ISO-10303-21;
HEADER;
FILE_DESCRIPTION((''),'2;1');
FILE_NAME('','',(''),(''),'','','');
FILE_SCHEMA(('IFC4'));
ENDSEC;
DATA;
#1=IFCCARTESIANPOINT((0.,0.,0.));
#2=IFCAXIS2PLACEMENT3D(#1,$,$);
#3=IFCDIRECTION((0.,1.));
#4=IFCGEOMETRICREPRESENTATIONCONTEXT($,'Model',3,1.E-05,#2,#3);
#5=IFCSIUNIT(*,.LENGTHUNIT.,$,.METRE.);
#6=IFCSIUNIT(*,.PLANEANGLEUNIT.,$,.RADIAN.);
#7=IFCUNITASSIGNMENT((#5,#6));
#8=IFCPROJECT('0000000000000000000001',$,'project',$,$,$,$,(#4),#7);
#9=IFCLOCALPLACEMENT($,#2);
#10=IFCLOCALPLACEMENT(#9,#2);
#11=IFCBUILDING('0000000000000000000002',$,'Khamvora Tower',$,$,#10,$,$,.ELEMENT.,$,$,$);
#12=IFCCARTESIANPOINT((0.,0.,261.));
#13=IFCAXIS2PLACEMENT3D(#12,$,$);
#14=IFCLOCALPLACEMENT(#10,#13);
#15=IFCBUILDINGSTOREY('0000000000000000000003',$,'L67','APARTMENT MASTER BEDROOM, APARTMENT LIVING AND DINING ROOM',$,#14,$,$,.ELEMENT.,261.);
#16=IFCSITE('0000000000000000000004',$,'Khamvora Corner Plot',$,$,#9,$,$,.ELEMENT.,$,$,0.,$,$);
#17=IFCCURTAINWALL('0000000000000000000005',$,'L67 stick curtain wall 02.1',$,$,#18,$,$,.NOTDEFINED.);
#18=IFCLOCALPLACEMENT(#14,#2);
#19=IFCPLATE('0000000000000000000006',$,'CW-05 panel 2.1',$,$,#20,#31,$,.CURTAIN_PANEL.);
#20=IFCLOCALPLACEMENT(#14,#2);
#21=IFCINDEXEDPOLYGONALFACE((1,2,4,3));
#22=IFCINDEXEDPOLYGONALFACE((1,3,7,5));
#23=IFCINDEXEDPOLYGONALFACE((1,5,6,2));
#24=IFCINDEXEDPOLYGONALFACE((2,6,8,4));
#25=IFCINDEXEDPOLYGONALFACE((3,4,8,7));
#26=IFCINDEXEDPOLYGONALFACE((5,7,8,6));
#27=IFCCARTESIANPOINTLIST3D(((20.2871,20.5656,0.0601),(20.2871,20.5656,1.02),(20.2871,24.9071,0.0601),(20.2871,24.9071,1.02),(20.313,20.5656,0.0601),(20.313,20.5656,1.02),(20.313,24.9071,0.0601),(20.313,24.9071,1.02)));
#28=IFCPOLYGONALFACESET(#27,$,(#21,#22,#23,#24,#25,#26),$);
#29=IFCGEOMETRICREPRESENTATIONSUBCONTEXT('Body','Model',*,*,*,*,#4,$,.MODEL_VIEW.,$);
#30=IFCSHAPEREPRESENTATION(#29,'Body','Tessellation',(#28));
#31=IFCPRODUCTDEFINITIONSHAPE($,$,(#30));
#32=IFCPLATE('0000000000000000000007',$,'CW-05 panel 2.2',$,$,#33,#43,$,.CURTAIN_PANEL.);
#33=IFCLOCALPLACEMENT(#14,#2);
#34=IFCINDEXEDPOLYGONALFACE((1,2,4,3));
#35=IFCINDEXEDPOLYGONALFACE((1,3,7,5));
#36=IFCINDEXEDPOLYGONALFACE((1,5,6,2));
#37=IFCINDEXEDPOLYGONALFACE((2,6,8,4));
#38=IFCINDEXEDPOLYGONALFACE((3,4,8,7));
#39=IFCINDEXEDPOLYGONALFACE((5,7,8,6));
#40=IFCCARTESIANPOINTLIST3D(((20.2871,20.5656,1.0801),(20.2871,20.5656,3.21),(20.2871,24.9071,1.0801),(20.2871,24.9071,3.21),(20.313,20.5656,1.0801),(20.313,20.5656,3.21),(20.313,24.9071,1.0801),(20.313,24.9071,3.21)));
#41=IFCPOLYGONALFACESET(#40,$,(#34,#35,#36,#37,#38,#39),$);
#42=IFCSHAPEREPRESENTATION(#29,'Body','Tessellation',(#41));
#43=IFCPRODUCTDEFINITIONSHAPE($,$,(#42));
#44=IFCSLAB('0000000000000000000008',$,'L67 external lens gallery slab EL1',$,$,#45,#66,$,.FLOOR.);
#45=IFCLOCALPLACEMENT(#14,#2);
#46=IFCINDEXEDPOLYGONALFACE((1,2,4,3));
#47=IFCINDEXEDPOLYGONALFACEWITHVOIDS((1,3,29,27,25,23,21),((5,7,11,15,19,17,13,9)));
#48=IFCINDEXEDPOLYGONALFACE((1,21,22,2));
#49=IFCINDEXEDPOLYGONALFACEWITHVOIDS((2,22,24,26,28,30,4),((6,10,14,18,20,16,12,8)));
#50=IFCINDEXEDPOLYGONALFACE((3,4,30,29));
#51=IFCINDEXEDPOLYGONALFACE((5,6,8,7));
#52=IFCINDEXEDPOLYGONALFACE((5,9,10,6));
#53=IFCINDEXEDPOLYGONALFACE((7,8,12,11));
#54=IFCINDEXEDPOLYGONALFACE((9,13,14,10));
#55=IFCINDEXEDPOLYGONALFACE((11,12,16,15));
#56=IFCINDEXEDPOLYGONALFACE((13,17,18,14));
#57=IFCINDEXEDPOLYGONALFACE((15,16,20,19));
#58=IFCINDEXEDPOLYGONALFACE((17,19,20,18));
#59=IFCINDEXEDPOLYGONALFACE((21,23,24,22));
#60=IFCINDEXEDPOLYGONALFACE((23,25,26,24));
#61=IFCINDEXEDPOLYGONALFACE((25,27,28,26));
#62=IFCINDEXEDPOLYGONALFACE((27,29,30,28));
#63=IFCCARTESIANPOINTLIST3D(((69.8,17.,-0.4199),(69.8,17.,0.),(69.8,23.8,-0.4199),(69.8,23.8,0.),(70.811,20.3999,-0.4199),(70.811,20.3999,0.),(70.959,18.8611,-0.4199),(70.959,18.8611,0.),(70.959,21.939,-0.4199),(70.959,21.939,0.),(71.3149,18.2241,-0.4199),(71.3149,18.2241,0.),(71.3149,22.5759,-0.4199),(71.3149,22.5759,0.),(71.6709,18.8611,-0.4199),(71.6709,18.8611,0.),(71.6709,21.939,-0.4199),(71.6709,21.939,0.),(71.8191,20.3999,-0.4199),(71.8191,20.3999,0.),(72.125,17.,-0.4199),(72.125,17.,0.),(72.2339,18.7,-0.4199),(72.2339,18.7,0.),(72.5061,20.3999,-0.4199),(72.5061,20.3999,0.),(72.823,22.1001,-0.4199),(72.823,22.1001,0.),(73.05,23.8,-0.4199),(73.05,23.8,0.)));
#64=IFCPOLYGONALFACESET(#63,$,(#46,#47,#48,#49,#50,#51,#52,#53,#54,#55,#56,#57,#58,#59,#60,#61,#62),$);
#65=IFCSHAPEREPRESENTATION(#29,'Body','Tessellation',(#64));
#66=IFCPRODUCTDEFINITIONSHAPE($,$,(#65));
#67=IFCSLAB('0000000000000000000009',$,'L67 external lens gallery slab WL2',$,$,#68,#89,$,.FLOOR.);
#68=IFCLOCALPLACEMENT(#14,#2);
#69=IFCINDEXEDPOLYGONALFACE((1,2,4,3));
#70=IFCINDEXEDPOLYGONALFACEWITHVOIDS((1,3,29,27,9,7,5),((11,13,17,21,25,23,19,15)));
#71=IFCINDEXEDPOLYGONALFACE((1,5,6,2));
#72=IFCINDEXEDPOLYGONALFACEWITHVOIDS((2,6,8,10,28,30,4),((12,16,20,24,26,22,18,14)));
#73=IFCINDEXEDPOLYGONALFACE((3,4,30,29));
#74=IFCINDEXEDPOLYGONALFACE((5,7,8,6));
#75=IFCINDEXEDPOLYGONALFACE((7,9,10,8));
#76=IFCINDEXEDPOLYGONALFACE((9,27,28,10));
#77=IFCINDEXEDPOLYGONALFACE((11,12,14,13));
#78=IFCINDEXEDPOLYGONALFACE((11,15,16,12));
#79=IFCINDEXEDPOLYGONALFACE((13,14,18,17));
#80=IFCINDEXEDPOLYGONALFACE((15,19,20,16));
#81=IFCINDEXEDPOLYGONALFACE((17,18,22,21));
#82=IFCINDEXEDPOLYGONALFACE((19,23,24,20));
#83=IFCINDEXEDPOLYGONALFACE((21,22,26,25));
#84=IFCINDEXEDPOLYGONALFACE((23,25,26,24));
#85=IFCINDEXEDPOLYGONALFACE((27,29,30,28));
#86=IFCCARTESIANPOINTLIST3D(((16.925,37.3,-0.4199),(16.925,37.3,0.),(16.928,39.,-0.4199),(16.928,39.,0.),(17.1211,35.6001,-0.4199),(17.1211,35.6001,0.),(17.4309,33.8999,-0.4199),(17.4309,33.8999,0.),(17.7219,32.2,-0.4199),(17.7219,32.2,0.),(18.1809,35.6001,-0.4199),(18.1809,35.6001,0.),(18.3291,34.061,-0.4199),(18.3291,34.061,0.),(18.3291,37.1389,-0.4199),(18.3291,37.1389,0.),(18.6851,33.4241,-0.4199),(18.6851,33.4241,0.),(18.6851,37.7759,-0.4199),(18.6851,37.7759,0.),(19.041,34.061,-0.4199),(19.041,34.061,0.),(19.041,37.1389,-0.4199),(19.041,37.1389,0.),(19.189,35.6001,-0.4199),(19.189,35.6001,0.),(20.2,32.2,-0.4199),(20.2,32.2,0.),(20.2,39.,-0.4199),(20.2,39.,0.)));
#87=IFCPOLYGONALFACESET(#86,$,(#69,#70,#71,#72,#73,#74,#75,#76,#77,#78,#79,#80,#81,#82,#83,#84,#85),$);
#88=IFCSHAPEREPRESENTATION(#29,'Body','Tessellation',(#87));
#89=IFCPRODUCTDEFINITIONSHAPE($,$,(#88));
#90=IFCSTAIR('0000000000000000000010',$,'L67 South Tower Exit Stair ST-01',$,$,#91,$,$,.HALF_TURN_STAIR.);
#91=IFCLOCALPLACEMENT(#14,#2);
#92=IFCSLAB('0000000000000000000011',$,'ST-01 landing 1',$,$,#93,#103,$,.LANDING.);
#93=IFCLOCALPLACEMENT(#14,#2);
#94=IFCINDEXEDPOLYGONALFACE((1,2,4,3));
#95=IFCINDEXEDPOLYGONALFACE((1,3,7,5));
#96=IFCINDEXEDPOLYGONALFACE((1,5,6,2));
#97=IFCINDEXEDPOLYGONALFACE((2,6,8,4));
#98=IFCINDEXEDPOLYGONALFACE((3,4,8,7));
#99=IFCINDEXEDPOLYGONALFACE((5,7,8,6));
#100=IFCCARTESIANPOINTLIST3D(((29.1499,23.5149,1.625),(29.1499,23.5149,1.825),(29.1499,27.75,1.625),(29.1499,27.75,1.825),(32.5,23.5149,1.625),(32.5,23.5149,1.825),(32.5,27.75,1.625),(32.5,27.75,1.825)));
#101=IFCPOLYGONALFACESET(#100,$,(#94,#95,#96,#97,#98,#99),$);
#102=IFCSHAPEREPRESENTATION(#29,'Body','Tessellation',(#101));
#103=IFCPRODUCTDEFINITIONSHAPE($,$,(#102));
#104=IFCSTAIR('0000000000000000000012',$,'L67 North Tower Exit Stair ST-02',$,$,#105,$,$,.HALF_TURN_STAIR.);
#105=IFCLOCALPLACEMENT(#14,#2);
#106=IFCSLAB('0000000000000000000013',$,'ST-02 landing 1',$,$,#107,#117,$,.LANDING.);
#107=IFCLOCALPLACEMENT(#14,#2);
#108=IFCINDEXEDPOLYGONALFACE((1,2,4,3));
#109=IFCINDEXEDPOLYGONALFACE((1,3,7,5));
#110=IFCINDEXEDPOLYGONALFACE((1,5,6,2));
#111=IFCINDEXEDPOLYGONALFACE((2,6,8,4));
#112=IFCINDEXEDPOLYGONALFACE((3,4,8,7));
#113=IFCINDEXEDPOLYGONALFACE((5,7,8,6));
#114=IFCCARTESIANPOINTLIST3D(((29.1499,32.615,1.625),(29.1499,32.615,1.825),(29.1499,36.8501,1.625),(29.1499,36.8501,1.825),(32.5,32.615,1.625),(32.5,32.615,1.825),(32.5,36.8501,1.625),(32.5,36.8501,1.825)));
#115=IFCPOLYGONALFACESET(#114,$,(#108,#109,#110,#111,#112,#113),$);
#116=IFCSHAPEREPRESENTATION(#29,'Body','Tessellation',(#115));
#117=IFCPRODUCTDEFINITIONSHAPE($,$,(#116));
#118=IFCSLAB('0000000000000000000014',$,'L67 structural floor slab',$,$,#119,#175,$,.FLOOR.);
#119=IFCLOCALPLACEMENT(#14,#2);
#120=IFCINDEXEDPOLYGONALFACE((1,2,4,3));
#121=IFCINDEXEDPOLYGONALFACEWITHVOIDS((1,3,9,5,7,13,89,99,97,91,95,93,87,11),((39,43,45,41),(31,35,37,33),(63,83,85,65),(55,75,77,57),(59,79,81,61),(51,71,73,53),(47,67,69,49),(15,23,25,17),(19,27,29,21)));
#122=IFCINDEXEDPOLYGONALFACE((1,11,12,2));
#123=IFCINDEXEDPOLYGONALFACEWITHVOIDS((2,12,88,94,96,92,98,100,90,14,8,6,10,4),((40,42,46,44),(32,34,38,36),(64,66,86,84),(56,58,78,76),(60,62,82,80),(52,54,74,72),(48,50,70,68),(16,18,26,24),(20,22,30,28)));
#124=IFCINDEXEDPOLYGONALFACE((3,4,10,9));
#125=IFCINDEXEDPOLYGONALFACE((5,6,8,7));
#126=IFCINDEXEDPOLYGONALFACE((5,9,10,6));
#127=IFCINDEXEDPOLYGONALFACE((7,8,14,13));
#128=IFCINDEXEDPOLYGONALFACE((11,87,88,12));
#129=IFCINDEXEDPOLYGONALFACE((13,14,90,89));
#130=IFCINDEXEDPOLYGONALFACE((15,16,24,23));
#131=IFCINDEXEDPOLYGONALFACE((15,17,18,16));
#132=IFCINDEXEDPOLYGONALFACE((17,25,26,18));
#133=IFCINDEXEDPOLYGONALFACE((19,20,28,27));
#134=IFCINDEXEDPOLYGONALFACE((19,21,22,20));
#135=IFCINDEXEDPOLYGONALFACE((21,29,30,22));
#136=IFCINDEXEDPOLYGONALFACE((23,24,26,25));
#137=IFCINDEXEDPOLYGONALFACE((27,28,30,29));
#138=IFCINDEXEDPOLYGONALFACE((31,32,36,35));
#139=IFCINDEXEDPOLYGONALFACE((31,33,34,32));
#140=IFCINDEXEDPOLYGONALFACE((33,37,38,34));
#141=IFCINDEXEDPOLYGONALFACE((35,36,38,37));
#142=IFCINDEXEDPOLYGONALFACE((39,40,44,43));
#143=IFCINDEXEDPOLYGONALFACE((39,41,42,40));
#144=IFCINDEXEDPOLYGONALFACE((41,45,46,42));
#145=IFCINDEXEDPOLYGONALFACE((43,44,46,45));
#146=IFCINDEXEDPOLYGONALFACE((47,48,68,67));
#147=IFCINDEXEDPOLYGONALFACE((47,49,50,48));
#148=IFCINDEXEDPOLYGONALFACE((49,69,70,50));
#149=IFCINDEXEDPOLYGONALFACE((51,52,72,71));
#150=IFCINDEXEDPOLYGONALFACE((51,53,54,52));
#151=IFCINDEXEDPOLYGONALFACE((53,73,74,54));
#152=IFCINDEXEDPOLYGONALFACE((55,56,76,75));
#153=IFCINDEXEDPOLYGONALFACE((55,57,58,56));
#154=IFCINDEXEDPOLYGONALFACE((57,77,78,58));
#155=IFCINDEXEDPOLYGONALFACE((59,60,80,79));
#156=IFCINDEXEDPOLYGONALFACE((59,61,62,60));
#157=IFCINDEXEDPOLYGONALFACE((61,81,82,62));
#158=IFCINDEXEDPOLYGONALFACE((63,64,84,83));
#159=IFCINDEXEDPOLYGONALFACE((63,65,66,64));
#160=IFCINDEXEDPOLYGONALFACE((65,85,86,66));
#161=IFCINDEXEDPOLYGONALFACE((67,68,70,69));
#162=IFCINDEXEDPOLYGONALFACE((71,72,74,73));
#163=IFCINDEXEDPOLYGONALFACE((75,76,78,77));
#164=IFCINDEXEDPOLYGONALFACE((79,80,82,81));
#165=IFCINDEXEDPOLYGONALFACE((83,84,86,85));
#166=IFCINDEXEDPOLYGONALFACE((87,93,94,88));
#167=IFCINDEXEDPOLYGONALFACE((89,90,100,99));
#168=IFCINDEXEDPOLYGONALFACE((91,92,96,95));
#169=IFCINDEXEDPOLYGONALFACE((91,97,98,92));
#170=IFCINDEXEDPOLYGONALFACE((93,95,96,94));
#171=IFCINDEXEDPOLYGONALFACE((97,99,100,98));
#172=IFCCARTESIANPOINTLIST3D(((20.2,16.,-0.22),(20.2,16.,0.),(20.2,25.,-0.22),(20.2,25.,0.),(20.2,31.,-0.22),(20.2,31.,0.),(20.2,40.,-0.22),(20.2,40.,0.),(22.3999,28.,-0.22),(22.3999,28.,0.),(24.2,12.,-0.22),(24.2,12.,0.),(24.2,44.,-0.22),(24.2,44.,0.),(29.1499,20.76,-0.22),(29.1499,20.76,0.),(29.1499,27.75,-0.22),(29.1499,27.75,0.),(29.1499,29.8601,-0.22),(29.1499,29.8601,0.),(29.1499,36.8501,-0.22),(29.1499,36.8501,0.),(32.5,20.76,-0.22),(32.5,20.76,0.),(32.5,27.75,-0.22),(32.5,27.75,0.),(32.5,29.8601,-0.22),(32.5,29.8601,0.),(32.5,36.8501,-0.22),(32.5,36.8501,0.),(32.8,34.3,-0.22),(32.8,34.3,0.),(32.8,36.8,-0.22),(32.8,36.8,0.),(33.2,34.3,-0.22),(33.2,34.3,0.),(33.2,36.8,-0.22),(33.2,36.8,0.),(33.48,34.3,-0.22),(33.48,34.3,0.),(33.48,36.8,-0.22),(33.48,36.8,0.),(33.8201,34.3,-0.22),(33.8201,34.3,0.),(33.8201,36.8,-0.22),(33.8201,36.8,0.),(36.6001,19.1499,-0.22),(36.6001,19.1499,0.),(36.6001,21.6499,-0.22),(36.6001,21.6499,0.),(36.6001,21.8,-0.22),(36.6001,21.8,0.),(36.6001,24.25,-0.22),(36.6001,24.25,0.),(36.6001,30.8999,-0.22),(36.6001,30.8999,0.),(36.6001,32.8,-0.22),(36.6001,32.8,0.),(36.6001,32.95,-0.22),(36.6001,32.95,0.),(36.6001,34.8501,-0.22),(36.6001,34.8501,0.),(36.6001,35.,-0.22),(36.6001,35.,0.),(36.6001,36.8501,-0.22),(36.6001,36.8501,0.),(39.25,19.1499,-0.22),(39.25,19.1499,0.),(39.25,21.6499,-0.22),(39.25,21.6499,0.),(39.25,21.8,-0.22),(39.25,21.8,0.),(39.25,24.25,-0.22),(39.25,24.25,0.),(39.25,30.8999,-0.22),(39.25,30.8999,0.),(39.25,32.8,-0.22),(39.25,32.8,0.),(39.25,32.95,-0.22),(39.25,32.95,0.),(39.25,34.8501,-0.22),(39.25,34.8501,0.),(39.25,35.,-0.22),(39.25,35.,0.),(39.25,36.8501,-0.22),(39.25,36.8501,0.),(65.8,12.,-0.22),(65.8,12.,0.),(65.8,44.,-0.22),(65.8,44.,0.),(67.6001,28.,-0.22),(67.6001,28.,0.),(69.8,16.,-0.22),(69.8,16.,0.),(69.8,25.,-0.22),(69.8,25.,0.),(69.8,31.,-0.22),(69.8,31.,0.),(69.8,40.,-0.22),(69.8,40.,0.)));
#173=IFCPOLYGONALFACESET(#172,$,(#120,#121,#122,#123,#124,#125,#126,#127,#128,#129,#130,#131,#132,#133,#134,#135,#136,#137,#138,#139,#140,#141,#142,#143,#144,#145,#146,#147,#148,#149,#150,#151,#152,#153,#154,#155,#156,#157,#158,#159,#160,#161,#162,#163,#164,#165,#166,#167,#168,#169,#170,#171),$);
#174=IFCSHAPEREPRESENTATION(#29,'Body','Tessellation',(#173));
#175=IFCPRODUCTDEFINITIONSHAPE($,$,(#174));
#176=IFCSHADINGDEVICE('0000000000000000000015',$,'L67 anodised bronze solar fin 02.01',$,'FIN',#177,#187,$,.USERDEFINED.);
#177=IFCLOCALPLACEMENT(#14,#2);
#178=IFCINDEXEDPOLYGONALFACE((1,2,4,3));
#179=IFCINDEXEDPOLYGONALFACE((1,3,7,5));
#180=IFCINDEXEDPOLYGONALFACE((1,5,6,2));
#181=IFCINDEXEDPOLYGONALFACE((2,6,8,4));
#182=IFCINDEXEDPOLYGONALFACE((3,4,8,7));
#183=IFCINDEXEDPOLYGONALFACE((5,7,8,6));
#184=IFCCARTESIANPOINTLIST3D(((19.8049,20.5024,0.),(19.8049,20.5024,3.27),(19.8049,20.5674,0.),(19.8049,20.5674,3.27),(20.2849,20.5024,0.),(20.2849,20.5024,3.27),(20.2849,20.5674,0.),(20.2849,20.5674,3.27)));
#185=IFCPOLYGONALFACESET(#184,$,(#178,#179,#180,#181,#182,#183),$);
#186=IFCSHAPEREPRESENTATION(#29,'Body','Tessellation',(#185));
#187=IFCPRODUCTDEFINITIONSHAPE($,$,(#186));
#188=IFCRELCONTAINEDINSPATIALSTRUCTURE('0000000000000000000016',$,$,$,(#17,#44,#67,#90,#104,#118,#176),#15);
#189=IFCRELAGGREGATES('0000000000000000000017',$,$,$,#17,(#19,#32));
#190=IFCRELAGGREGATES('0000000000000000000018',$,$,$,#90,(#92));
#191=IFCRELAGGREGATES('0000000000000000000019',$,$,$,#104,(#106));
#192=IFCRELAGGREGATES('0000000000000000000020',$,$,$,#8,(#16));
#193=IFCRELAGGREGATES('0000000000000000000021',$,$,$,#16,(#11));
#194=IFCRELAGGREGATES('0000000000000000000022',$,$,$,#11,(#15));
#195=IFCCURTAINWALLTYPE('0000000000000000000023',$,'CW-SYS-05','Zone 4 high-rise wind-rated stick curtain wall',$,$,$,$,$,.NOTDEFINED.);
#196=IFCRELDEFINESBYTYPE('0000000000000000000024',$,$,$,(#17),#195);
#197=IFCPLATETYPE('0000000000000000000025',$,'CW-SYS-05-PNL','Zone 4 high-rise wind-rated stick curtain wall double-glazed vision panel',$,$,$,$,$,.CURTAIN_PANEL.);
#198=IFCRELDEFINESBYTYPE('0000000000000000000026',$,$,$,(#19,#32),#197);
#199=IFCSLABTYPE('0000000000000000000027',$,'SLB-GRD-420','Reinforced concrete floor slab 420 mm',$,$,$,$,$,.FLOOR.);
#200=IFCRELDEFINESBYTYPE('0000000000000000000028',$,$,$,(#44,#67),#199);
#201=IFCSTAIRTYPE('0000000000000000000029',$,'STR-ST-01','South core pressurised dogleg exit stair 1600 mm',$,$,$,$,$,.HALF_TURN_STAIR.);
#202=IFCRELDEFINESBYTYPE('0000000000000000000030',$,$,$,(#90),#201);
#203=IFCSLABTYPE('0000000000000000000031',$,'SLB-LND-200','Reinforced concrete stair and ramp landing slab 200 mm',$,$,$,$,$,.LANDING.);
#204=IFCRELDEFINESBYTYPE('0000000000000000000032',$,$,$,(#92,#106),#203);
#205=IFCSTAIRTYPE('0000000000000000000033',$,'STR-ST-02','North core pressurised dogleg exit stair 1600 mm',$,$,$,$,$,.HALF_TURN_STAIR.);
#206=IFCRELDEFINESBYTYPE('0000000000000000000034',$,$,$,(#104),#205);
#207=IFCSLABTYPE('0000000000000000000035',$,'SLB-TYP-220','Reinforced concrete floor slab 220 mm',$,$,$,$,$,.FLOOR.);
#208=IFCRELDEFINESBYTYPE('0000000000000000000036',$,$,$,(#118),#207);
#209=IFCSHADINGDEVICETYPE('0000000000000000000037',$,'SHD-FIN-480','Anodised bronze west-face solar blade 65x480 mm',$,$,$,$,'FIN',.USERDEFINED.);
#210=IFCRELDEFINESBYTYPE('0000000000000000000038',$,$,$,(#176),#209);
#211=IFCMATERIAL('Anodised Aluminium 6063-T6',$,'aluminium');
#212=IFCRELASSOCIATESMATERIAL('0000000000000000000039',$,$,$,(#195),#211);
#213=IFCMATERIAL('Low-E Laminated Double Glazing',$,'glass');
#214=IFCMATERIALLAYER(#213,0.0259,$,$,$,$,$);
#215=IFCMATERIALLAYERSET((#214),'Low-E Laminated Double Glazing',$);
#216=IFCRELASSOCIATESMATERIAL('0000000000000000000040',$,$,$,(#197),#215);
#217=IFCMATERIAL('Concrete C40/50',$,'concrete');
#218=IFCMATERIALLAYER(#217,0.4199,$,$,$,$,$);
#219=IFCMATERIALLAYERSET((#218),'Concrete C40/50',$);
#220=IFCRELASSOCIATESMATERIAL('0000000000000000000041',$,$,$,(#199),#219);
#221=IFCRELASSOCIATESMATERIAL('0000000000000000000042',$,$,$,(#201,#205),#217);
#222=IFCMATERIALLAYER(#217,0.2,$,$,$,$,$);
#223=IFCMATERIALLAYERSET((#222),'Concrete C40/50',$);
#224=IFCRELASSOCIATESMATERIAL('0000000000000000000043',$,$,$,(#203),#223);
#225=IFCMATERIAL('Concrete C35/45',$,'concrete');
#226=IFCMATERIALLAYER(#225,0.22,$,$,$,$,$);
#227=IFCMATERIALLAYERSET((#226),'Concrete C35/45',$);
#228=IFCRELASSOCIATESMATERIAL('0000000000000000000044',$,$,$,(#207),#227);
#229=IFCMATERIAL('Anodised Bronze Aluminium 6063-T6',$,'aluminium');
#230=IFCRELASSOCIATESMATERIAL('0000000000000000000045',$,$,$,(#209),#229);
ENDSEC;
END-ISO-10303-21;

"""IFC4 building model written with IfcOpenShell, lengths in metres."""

from ifc_helpers import new_model, si_unit, direction, frame, origin, origin_2d, place, context, subcontext, project, spatial, polyline, rectangle, outline, extrude, material, layer, layer_set, type_object, element, aggregate, save


model = new_model("IFC4")

# Units and contexts
model_context = context("Model", 3, precision=1e-05, world=origin(), true_north=direction((0.0, 1.0)))
body_context = subcontext(model_context, "Body", "Model", "MODEL_VIEW")
ifc_project = project(units=[si_unit("LENGTHUNIT", "METRE"), si_unit("PLANEANGLEUNIT", "RADIAN")], contexts=[model_context])

# Site, building, storey
site_placement = place(None, origin())
site = spatial("IfcSite", under=ifc_project, at=site_placement, Name="Khamvora Corner Plot", CompositionType="ELEMENT", RefElevation=0.0)
building_placement = place(site_placement, origin())
building = spatial("IfcBuilding", under=site, at=building_placement, Name="Khamvora Tower", CompositionType="ELEMENT")
storey_placement = place(building_placement, frame((0.0, 0.0, 261.0)))
storey = spatial("IfcBuildingStorey", under=building, at=storey_placement, Name="L67", Description="APARTMENT MASTER BEDROOM, APARTMENT LIVING AND DINING ROOM", CompositionType="ELEMENT", Elevation=261.0)

# Curtain wall, plates
ifc_material_1 = material(Name="Anodised Aluminium 6063-T6", Category="aluminium")
curtain_wall_type = type_object("IfcCurtainWallType", Name="CW-SYS-05", Description="Zone 4 high-rise wind-rated stick curtain wall", PredefinedType="NOTDEFINED", material=ifc_material_1)
curtain_wall_placement = place(storey_placement, origin())
curtain_wall = element("IfcCurtainWall", 1, at=curtain_wall_placement, inside=storey, type_object=curtain_wall_type, Name="L67 stick curtain wall 02.1", PredefinedType="NOTDEFINED")
ifc_material_2 = material(Name="Low-E Laminated Double Glazing", Category="glass")
ifc_layer_1 = layer(ifc_material_2, 0.0259)
ifc_layer_set_1 = layer_set([ifc_layer_1], Name="Low-E Laminated Double Glazing")
plate_type = type_object("IfcPlateType", Name="CW-SYS-05-PNL", Description="Zone 4 high-rise wind-rated stick curtain wall double-glazed vision panel", PredefinedType="CURTAIN_PANEL", material=ifc_layer_set_1)
plate_1_placement = place(storey_placement, frame((20.3, 22.7363, 0.0601), z_axis=(0.0, 0.0, 1.0), x_axis=(0.0, 1.0, 0.0)))
plate_1 = element("IfcPlate", 2, at=plate_1_placement, type_object=plate_type, Name="CW-05 panel 2.1", PredefinedType="CURTAIN_PANEL", context=body_context, shape_type="SweptSolid", body=[
    extrude(rectangle(XDim=4.3416, YDim=0.0259, at=origin_2d()), origin(), (0.0, 0.0, 1.0), 0.96),
])
plate_2_placement = place(storey_placement, frame((20.3, 22.7363, 1.0801), z_axis=(0.0, 0.0, 1.0), x_axis=(0.0, 1.0, 0.0)))
plate_2 = element("IfcPlate", 3, at=plate_2_placement, type_object=plate_type, Name="CW-05 panel 2.2", PredefinedType="CURTAIN_PANEL", context=body_context, shape_type="SweptSolid", body=[
    extrude(rectangle(XDim=4.3416, YDim=0.0259, at=origin_2d()), origin(), (0.0, 0.0, 1.0), 2.1299),
])
aggregate(curtain_wall, [plate_1, plate_2])

# Slabs
ifc_material_3 = material(Name="Concrete C40/50", Category="concrete")
ifc_layer_2 = layer(ifc_material_3, 0.4199)
ifc_layer_set_2 = layer_set([ifc_layer_2], Name="Concrete C40/50")
slab_type_1 = type_object("IfcSlabType", Name="SLB-GRD-420", Description="Reinforced concrete floor slab 420 mm", PredefinedType="FLOOR", material=ifc_layer_set_2)
slab_1_placement = place(storey_placement, frame((0.0, 0.0, -0.4199)))
element("IfcSlab", 4, at=slab_1_placement, inside=storey, type_object=slab_type_1, Name="L67 external lens gallery slab EL1", PredefinedType="FLOOR", context=body_context, shape_type="SweptSolid", body=[
    extrude(outline(polyline([(72.125, 17.0), (72.2339, 18.7), (72.5061, 20.3999), (72.823, 22.1001), (73.05, 23.8), (69.8, 23.8), (69.8, 17.0), (72.125, 17.0)]), holes=[polyline([(71.8191, 20.3999), (71.6709, 21.939), (71.3149, 22.5759), (70.959, 21.939), (70.811, 20.3999), (70.959, 18.8611), (71.3149, 18.2241), (71.6709, 18.8611), (71.8191, 20.3999)])]), origin(), (0.0, 0.0, 1.0), 0.4199),
])
slab_2_placement = place(storey_placement, frame((0.0, 0.0, -0.4199)))
element("IfcSlab", 5, at=slab_2_placement, inside=storey, type_object=slab_type_1, Name="L67 external lens gallery slab WL2", PredefinedType="FLOOR", context=body_context, shape_type="SweptSolid", body=[
    extrude(outline(polyline([(20.2, 32.2), (20.2, 39.0), (16.928, 39.0), (16.925, 37.3), (17.1211, 35.6001), (17.4309, 33.8999), (17.7219, 32.2), (20.2, 32.2)]), holes=[polyline([(19.189, 35.6001), (19.041, 37.1389), (18.6851, 37.7759), (18.3291, 37.1389), (18.1809, 35.6001), (18.3291, 34.061), (18.6851, 33.4241), (19.041, 34.061), (19.189, 35.6001)])]), origin(), (0.0, 0.0, 1.0), 0.4199),
])

# Stairs, slabs
stair_type_1 = type_object("IfcStairType", Name="STR-ST-01", Description="South core pressurised dogleg exit stair 1600 mm", PredefinedType="HALF_TURN_STAIR", material=ifc_material_3)
stair_1_placement = place(storey_placement, origin())
stair_1 = element("IfcStair", 6, at=stair_1_placement, inside=storey, type_object=stair_type_1, Name="L67 South Tower Exit Stair ST-01", PredefinedType="HALF_TURN_STAIR")
ifc_layer_3 = layer(ifc_material_3, 0.2)
ifc_layer_set_3 = layer_set([ifc_layer_3], Name="Concrete C40/50")
slab_type_2 = type_object("IfcSlabType", Name="SLB-LND-200", Description="Reinforced concrete stair and ramp landing slab 200 mm", PredefinedType="LANDING", material=ifc_layer_set_3)
slab_3_placement = place(storey_placement, frame((0.0, 0.0, 1.625)))
slab_3 = element("IfcSlab", 7, at=slab_3_placement, type_object=slab_type_2, Name="ST-01 landing 1", PredefinedType="LANDING", context=body_context, shape_type="SweptSolid", body=[
    extrude(outline(polyline([(32.5, 23.5149), (32.5, 27.75), (29.1499, 27.75), (29.1499, 23.5149), (32.5, 23.5149)])), origin(), (0.0, 0.0, 1.0), 0.2),
])
aggregate(stair_1, [slab_3])
stair_type_2 = type_object("IfcStairType", Name="STR-ST-02", Description="North core pressurised dogleg exit stair 1600 mm", PredefinedType="HALF_TURN_STAIR", material=ifc_material_3)
stair_2_placement = place(storey_placement, origin())
stair_2 = element("IfcStair", 8, at=stair_2_placement, inside=storey, type_object=stair_type_2, Name="L67 North Tower Exit Stair ST-02", PredefinedType="HALF_TURN_STAIR")
slab_4_placement = place(storey_placement, frame((0.0, 0.0, 1.625)))
slab_4 = element("IfcSlab", 9, at=slab_4_placement, type_object=slab_type_2, Name="ST-02 landing 1", PredefinedType="LANDING", context=body_context, shape_type="SweptSolid", body=[
    extrude(outline(polyline([(32.5, 32.615), (32.5, 36.8501), (29.1499, 36.8501), (29.1499, 32.615), (32.5, 32.615)])), origin(), (0.0, 0.0, 1.0), 0.2),
])
aggregate(stair_2, [slab_4])

# Slab
ifc_material_4 = material(Name="Concrete C35/45", Category="concrete")
ifc_layer_4 = layer(ifc_material_4, 0.22)
ifc_layer_set_4 = layer_set([ifc_layer_4], Name="Concrete C35/45")
slab_type_3 = type_object("IfcSlabType", Name="SLB-TYP-220", Description="Reinforced concrete floor slab 220 mm", PredefinedType="FLOOR", material=ifc_layer_set_4)
slab_5_placement = place(storey_placement, frame((0.0, 0.0, -0.22)))
element("IfcSlab", 10, at=slab_5_placement, inside=storey, type_object=slab_type_3, Name="L67 structural floor slab", PredefinedType="FLOOR", context=body_context, shape_type="SweptSolid", body=[
    extrude(outline(polyline([(24.2, 12.0), (65.8, 12.0), (69.8, 16.0), (69.8, 25.0), (67.6001, 28.0), (69.8, 31.0), (69.8, 40.0), (65.8, 44.0), (24.2, 44.0), (20.2, 40.0), (20.2, 31.0), (22.3999, 28.0), (20.2, 25.0), (20.2, 16.0), (24.2, 12.0)]), holes=[polyline([(32.5, 20.76), (32.5, 27.75), (29.1499, 27.75), (29.1499, 20.76), (32.5, 20.76)]), polyline([(32.5, 29.8601), (32.5, 36.8501), (29.1499, 36.8501), (29.1499, 29.8601), (32.5, 29.8601)]), polyline([(36.6001, 19.1499), (39.25, 19.1499), (39.25, 21.6499), (36.6001, 21.6499), (36.6001, 19.1499)]), polyline([(36.6001, 21.8), (39.25, 21.8), (39.25, 24.25), (36.6001, 24.25), (36.6001, 21.8)]), polyline([(36.6001, 30.8999), (39.25, 30.8999), (39.25, 32.8), (36.6001, 32.8), (36.6001, 30.8999)]), polyline([(36.6001, 32.95), (39.25, 32.95), (39.25, 34.8501), (36.6001, 34.8501), (36.6001, 32.95)]), polyline([(36.6001, 35.0), (39.25, 35.0), (39.25, 36.8501), (36.6001, 36.8501), (36.6001, 35.0)]), polyline([(32.8, 34.3), (33.2, 34.3), (33.2, 36.8), (32.8, 36.8), (32.8, 34.3)]), polyline([(33.48, 34.3), (33.8201, 34.3), (33.8201, 36.8), (33.48, 36.8), (33.48, 34.3)])]), origin(), (0.0, 0.0, 1.0), 0.22),
])

# Shading device
ifc_material_5 = material(Name="Anodised Bronze Aluminium 6063-T6", Category="aluminium")
shading_device_type = type_object("IfcShadingDeviceType", Name="SHD-FIN-480", Description="Anodised bronze west-face solar blade 65x480 mm", ElementType="FIN", PredefinedType="USERDEFINED", material=ifc_material_5)
shading_device_placement = place(storey_placement, frame((20.0449, 20.5349, 0.0), z_axis=(0.0, 0.0, 1.0), x_axis=(0.0, 1.0, 0.0)))
element("IfcShadingDevice", 11, at=shading_device_placement, inside=storey, type_object=shading_device_type, Name="L67 anodised bronze solar fin 02.01", ObjectType="FIN", PredefinedType="USERDEFINED", context=body_context, shape_type="SweptSolid", body=[
    extrude(rectangle(XDim=0.0649, YDim=0.48, at=origin_2d()), origin(), (0.0, 0.0, 1.0), 3.27),
])

save(model, "model.ifc")
